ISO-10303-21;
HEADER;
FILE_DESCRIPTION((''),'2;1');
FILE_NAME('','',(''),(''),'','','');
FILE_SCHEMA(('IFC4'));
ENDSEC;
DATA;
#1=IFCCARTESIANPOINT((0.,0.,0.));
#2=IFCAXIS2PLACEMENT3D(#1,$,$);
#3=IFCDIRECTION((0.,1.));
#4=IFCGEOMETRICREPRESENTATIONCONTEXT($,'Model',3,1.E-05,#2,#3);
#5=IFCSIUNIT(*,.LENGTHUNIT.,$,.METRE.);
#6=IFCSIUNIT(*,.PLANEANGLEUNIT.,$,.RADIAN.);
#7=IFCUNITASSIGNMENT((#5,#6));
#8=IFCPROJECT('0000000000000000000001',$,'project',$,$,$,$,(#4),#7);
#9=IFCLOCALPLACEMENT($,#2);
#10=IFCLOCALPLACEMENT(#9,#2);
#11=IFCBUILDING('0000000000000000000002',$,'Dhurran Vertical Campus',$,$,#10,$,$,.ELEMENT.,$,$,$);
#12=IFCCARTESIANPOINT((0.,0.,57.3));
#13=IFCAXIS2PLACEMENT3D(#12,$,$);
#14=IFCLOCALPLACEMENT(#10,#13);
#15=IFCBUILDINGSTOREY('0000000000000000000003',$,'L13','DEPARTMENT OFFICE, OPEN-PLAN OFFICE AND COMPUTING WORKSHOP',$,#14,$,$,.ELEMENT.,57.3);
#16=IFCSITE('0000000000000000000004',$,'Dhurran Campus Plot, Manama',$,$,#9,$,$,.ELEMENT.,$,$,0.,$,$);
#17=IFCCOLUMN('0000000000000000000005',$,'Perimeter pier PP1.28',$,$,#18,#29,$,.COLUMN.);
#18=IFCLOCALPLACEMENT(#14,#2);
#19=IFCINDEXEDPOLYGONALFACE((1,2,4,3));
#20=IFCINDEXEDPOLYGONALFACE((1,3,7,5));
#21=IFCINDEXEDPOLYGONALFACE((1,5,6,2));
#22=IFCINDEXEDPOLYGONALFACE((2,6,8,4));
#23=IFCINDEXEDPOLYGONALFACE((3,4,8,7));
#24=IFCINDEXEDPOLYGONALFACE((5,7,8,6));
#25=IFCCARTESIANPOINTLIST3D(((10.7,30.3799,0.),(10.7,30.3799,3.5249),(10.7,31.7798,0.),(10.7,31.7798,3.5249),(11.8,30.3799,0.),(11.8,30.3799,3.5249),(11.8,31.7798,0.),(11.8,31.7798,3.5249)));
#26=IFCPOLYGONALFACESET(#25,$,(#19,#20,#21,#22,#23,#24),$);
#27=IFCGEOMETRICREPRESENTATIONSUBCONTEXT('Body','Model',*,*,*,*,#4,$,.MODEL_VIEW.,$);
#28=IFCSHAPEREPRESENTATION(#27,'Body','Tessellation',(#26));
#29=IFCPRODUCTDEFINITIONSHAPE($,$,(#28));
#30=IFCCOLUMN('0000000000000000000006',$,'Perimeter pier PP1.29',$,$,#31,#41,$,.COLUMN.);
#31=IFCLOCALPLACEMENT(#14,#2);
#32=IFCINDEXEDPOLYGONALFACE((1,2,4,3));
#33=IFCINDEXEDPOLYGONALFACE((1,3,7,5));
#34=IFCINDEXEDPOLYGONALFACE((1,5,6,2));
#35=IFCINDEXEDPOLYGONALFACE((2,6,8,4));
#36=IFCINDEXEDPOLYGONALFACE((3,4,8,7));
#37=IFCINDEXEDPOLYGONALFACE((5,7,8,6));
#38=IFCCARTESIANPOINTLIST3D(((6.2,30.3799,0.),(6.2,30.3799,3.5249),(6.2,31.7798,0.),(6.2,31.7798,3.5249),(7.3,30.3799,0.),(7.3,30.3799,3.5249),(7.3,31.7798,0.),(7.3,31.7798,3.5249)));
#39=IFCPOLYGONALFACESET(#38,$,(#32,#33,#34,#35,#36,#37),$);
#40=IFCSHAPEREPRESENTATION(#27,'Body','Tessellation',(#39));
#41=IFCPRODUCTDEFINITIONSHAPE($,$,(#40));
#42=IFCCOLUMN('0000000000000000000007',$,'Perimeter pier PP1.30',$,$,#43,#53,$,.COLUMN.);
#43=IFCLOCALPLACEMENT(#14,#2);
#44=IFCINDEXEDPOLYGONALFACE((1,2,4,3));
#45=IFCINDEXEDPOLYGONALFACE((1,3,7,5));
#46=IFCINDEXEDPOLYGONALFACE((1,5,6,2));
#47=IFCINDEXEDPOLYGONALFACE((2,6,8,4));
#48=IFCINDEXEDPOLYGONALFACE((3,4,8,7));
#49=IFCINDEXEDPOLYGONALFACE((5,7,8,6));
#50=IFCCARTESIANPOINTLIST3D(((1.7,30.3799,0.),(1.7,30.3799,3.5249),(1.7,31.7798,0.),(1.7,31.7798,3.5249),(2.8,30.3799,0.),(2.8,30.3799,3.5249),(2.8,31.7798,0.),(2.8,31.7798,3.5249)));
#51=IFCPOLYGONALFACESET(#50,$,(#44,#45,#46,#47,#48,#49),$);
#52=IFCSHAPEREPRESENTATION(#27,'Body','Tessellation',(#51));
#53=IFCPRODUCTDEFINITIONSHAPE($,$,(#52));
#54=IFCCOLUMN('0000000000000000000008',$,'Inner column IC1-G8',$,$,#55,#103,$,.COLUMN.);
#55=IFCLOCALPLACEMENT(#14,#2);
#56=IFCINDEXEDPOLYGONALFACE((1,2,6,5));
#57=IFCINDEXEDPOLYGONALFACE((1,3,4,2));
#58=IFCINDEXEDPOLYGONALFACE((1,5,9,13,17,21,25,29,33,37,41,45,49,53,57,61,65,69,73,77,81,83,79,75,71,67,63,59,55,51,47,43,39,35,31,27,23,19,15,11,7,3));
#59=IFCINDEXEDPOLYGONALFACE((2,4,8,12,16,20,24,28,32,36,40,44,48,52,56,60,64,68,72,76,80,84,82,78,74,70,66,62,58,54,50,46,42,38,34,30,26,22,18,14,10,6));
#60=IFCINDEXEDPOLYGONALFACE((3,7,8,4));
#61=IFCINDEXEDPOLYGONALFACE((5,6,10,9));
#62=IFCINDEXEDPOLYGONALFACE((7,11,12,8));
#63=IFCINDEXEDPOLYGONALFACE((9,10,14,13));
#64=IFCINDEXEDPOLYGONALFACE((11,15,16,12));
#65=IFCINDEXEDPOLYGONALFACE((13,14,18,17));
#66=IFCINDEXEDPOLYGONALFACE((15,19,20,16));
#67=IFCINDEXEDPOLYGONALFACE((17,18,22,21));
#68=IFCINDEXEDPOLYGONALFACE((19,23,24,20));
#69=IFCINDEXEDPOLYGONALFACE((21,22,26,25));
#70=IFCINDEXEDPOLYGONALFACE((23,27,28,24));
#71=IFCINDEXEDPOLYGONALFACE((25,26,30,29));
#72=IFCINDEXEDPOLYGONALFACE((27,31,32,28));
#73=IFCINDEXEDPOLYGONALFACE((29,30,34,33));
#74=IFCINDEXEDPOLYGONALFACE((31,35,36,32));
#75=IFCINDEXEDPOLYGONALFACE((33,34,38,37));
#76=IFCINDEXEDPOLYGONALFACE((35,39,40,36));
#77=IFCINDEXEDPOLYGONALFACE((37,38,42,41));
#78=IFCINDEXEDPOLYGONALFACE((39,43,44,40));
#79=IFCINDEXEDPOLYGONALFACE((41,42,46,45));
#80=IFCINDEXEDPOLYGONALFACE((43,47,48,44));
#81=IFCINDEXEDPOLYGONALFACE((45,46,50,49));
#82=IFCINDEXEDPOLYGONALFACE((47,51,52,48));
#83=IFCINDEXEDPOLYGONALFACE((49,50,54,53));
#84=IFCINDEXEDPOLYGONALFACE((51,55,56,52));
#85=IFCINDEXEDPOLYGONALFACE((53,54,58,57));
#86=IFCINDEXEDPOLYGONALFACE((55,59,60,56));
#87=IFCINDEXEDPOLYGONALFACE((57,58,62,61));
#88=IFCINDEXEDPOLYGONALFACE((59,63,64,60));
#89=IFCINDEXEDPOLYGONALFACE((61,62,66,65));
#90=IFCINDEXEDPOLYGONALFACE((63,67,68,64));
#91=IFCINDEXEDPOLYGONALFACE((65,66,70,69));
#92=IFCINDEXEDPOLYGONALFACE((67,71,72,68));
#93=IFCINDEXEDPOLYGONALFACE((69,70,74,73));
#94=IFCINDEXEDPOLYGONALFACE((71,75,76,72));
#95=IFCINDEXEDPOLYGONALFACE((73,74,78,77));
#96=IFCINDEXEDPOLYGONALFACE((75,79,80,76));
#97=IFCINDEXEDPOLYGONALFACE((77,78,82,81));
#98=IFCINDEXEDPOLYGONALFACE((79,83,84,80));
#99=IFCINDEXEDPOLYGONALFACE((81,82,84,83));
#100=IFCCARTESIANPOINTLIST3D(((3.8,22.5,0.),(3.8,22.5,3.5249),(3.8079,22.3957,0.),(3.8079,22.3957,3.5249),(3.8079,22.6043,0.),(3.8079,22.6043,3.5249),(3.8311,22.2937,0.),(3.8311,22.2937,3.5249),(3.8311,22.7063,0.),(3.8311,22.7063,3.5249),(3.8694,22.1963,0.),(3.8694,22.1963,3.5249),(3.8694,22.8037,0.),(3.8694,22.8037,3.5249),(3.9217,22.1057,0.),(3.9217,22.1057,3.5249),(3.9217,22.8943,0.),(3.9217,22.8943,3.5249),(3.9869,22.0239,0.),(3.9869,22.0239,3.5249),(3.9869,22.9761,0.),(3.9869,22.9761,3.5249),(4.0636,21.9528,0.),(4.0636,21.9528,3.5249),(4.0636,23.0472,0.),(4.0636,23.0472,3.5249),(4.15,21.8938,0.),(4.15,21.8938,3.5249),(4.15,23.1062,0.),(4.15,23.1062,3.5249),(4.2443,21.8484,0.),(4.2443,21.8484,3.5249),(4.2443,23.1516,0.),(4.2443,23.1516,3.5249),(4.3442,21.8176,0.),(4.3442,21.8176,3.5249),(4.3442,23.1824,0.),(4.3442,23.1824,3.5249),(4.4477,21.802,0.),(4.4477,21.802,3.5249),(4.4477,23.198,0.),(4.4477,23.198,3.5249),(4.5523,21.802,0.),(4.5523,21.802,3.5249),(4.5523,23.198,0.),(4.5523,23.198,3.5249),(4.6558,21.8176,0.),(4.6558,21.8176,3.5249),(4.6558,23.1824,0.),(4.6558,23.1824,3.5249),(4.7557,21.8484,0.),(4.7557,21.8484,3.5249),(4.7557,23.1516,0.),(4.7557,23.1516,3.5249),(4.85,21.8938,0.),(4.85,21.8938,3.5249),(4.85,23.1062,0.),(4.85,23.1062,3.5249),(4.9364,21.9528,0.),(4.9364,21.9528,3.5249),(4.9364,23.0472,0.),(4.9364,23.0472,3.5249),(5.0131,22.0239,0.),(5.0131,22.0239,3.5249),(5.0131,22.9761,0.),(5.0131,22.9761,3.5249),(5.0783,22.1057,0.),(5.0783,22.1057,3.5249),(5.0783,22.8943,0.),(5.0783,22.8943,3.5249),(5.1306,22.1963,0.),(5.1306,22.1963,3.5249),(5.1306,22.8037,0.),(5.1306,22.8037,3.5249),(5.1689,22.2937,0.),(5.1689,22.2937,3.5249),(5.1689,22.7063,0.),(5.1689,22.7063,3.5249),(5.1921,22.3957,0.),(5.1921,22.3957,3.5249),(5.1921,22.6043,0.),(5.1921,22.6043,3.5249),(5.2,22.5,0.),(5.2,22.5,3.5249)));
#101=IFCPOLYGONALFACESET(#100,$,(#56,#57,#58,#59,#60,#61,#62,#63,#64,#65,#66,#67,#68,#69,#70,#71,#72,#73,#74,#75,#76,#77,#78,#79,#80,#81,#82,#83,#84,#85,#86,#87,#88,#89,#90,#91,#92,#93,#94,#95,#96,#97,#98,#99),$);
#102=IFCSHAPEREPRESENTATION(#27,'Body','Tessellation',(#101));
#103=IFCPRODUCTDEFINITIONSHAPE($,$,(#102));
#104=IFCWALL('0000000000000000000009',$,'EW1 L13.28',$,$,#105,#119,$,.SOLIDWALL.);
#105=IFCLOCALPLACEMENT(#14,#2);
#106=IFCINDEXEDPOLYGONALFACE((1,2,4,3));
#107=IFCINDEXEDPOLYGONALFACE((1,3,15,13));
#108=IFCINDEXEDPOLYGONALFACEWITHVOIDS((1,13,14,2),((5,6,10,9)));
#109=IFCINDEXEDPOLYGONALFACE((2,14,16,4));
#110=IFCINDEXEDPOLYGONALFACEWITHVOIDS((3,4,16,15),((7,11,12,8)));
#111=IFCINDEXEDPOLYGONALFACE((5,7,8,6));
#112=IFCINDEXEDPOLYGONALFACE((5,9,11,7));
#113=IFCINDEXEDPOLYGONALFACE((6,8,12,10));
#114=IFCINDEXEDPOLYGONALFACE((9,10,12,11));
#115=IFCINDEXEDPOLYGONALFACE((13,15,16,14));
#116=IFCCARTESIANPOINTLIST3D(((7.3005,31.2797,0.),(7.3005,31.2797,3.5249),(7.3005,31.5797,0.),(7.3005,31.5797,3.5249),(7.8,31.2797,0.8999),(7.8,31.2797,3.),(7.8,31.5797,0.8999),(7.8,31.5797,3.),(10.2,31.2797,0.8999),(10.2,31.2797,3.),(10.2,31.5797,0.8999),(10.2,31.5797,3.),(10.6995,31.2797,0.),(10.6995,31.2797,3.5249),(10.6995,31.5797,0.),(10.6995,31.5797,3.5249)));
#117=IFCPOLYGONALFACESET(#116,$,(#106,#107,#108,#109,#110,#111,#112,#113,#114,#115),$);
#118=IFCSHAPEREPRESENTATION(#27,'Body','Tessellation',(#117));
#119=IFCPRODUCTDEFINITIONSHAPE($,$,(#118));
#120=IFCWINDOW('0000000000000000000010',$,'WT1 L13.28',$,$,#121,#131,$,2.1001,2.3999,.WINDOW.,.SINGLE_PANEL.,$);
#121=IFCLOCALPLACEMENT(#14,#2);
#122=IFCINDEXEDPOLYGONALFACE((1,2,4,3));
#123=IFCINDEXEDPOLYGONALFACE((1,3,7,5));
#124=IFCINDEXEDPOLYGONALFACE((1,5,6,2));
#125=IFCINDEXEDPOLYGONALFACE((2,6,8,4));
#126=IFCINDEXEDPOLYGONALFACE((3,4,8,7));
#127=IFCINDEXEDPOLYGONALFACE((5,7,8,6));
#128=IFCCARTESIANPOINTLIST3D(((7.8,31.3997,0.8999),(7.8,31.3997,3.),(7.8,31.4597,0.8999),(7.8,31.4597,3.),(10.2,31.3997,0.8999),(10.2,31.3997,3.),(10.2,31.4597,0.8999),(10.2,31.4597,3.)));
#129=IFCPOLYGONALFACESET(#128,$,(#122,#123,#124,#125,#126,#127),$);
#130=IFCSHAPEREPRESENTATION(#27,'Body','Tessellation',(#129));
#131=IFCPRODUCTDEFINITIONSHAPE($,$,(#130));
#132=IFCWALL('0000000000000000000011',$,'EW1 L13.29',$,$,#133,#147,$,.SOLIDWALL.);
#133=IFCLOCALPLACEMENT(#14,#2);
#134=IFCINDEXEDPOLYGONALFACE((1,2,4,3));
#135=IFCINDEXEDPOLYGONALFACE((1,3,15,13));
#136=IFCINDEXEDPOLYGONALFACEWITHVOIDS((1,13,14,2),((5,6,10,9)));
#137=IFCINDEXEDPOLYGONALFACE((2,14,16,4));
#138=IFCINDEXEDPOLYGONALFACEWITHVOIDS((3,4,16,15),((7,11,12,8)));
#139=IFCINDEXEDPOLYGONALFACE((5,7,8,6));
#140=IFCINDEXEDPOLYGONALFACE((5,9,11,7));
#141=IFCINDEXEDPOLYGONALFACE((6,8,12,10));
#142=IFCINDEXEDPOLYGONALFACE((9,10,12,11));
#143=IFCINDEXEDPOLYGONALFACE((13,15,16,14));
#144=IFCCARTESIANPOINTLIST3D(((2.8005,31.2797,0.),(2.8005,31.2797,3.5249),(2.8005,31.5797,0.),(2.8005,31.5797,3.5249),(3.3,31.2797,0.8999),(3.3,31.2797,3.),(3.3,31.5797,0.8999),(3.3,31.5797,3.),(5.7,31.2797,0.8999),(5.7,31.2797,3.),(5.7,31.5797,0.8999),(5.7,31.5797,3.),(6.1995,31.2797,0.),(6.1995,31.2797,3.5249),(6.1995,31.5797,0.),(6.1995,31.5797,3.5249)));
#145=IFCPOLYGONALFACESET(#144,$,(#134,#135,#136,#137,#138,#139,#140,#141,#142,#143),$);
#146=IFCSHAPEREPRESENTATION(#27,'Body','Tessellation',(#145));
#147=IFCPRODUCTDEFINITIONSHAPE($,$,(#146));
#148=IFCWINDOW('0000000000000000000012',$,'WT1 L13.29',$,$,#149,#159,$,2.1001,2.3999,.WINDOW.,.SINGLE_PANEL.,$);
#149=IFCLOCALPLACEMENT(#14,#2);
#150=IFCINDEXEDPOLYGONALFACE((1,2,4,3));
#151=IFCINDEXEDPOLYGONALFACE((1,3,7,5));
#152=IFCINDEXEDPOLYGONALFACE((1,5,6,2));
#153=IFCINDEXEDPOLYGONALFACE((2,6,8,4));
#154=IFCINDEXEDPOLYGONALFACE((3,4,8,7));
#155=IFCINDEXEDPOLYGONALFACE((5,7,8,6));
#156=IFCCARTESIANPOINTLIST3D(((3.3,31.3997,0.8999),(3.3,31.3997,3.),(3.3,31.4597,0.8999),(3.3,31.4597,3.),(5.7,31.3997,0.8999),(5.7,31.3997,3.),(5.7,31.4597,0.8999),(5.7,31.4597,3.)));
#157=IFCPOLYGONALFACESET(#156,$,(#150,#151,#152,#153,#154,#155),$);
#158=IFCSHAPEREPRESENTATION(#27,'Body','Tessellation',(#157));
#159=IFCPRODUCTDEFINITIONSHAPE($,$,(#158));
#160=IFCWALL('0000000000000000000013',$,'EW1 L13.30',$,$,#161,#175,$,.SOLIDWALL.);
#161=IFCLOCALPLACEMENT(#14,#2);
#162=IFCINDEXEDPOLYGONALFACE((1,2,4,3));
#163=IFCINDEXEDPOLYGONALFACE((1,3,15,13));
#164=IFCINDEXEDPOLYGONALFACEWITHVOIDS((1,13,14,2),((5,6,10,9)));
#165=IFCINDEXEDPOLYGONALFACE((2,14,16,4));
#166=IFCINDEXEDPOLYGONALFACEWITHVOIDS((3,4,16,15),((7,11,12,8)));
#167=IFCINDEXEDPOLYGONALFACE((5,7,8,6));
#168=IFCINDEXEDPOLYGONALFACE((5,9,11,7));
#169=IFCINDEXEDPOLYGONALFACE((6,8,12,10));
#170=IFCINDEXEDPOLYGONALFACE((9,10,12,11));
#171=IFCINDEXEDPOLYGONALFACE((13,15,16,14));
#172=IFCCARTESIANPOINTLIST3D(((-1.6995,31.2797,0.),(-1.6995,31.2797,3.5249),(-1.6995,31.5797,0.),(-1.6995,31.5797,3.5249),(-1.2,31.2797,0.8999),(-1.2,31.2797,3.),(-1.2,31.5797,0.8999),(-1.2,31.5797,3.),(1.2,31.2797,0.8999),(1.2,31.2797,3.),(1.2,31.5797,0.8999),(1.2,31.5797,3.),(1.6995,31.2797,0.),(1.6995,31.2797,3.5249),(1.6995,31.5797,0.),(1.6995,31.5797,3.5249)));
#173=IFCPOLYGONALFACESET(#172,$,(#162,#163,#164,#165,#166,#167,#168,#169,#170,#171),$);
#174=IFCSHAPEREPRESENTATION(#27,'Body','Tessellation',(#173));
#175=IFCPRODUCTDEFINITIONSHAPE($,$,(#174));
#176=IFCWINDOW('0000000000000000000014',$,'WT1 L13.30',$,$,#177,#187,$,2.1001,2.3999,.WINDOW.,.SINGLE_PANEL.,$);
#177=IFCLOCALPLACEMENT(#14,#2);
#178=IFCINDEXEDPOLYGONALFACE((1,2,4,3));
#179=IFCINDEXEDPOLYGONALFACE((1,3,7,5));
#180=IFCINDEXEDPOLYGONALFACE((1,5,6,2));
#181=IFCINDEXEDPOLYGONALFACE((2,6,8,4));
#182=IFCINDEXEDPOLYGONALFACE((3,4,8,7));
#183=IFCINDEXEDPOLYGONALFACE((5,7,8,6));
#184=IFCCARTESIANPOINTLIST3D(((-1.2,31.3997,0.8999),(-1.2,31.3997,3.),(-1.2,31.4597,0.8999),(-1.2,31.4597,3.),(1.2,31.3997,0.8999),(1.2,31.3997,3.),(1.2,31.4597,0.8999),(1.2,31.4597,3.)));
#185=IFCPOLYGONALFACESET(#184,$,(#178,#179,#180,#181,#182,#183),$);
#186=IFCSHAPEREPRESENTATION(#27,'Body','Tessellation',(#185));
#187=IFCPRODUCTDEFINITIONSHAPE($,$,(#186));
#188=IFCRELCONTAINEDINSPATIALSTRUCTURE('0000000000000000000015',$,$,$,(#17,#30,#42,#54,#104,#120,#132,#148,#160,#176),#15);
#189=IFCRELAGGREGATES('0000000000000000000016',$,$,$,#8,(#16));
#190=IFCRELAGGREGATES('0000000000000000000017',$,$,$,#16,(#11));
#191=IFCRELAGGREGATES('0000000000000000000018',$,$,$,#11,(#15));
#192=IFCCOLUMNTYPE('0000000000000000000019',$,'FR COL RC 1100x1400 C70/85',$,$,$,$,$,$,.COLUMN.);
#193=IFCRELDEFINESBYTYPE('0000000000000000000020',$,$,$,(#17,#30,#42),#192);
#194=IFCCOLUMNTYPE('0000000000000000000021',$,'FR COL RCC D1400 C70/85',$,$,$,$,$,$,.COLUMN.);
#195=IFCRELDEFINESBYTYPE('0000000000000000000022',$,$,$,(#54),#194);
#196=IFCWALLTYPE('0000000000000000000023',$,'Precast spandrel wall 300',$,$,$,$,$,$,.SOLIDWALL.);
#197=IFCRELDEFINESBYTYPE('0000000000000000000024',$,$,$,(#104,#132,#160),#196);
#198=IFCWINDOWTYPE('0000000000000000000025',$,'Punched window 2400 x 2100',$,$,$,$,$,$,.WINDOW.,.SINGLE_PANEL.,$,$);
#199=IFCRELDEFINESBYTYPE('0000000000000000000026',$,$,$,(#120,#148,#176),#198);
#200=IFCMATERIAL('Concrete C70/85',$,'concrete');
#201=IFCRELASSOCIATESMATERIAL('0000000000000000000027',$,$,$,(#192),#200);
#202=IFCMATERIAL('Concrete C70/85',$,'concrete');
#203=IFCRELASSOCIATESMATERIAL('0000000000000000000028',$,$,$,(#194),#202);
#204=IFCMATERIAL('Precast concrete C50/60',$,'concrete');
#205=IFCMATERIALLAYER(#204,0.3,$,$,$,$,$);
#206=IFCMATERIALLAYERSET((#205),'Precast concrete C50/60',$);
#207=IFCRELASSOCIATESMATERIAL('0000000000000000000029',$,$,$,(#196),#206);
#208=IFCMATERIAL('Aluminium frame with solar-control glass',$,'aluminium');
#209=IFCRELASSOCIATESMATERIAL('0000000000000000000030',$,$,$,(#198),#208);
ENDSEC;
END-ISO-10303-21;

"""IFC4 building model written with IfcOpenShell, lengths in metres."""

from ifc_helpers import new_model, si_unit, direction, frame, frame_2d, origin, origin_2d, place, context, subcontext, project, spatial, rectangle, circle, extrude, material, layer, layer_set, material_profile, profile_set, type_object, element, fill, save


model = new_model("IFC4")

# Units and contexts
model_context = context("Model", 3, precision=1e-05, world=origin(), true_north=direction((0.0, 1.0)))
body_context = subcontext(model_context, "Body", "Model", "MODEL_VIEW")
ifc_project = project(units=[si_unit("LENGTHUNIT", "METRE"), si_unit("PLANEANGLEUNIT", "RADIAN")], contexts=[model_context])

# Site, building, storey
site_placement = place(None, origin())
site = spatial("IfcSite", under=ifc_project, at=site_placement, Name="Dhurran Campus Plot, Manama", CompositionType="ELEMENT", RefElevation=0.0)
building_placement = place(site_placement, origin())
building = spatial("IfcBuilding", under=site, at=building_placement, Name="Dhurran Vertical Campus", CompositionType="ELEMENT")
storey_placement = place(building_placement, frame((0.0, 0.0, 57.3)))
storey = spatial("IfcBuildingStorey", under=building, at=storey_placement, Name="L13", Description="DEPARTMENT OFFICE, OPEN-PLAN OFFICE AND COMPUTING WORKSHOP", CompositionType="ELEMENT", Elevation=57.3)

# Columns
ifc_material_1 = material(Name="Concrete C70/85", Category="concrete")
ifc_material_profile_1 = material_profile(ifc_material_1, rectangle(XDim=1.1001, YDim=1.3999, at=origin_2d()), Name="RC 1100x1400")
ifc_profile_set_1 = profile_set([ifc_material_profile_1], Name="Concrete C70/85")
column_type_1 = type_object("IfcColumnType", Name="FR COL RC 1100x1400 C70/85", PredefinedType="COLUMN", material=ifc_profile_set_1)
for number, where, z_axis, x_axis, name in (
    (1, (11.25, 31.0798, 0.0), (0.0, 0.0, 1.0), (-1.0, 0.0, 0.0), "Perimeter pier PP1.28"),
    (2, (6.75, 31.0798, 0.0), (0.0, 0.0, 1.0), (-1.0, 0.0, 0.0), "Perimeter pier PP1.29"),
    (3, (2.25, 31.0798, 0.0), (0.0, 0.0, 1.0), (-1.0, 0.0, 0.0), "Perimeter pier PP1.30"),
):
    element("IfcColumn", number, at=place(storey_placement, frame(where, z_axis=z_axis, x_axis=x_axis)), inside=storey, type_object=column_type_1, Name=name, PredefinedType="COLUMN", context=body_context, shape_type="SweptSolid", body=[
        extrude(rectangle(XDim=1.1001, YDim=1.3999, at=origin_2d()), origin(), (0.0, 0.0, 1.0), 3.5249),
    ])
ifc_material_2 = material(Name="Concrete C70/85", Category="concrete")
ifc_material_profile_2 = material_profile(ifc_material_2, circle(Radius=0.7, at=origin_2d()), Name="RCC D1400")
ifc_profile_set_2 = profile_set([ifc_material_profile_2], Name="Concrete C70/85")
column_type_2 = type_object("IfcColumnType", Name="FR COL RCC D1400 C70/85", PredefinedType="COLUMN", material=ifc_profile_set_2)
column_placement = place(storey_placement, frame((4.5, 22.5, 0.0), z_axis=(0.0, 0.0, 1.0), x_axis=(1.0, 0.0, 0.0)))
element("IfcColumn", 4, at=column_placement, inside=storey, type_object=column_type_2, Name="Inner column IC1-G8", PredefinedType="COLUMN", context=body_context, shape_type="SweptSolid", body=[
    extrude(circle(Radius=0.7, at=origin_2d()), origin(), (0.0, 0.0, 1.0), 3.5249),
])

# Walls, openings, windows
ifc_material_3 = material(Name="Precast concrete C50/60", Category="concrete")
ifc_layer_1 = layer(ifc_material_3, 0.3)
ifc_layer_set_1 = layer_set([ifc_layer_1], Name="Precast concrete C50/60")
wall_type_1 = type_object("IfcWallType", Name="Precast spandrel wall 300", PredefinedType="SOLIDWALL", material=ifc_layer_set_1)
wall_1_placement = place(storey_placement, frame((10.6995, 31.4297, 0.0), z_axis=(0.0, 0.0, 1.0), x_axis=(-1.0, 0.0, 0.0)))
wall_1 = element("IfcWall", 5, at=wall_1_placement, inside=storey, type_object=wall_type_1, Name="EW1 L13.28", PredefinedType="SOLIDWALL", context=body_context, shape_type="SweptSolid", body=[
    extrude(rectangle(XDim=3.3989, YDim=0.3, at=frame_2d((1.6995, 0.0))), origin(), (0.0, 0.0, 1.0), 3.5249),
])
opening_1_placement = place(wall_1_placement, frame((0.4995, 0.0, 0.8999)))
opening_1 = element("IfcOpeningElement", 6, at=opening_1_placement, cuts=wall_1, PredefinedType="OPENING", context=body_context, shape_type="SweptSolid", body=[
    extrude(rectangle(XDim=2.3999, YDim=2.1001, at=frame_2d((1.2, 1.05))), frame((0.0, 0.1599, 0.0), z_axis=(0.0, -1.0, 0.0), x_axis=(1.0, 0.0, 0.0)), (0.0, 0.0, 1.0), 0.3201),
])
ifc_material_4 = material(Name="Aluminium frame with solar-control glass", Category="aluminium")
window_type = type_object("IfcWindowType", Name="Punched window 2400 x 2100", PartitioningType="SINGLE_PANEL", PredefinedType="WINDOW", material=ifc_material_4)
window_1_placement = place(opening_1_placement, origin())
window_1 = element("IfcWindow", 7, at=window_1_placement, inside=storey, type_object=window_type, Name="WT1 L13.28", OverallHeight=2.1001, OverallWidth=2.3999, PartitioningType="SINGLE_PANEL", PredefinedType="WINDOW", context=body_context, shape_type="SweptSolid", body=[
    extrude(rectangle(XDim=2.3999, YDim=2.1001, at=frame_2d((1.2, 1.05))), frame((0.0, 0.03, 0.0), z_axis=(0.0, -1.0, 0.0), x_axis=(1.0, 0.0, 0.0)), (0.0, 0.0, 1.0), 0.0601),
])
fill(opening_1, window_1)
wall_2_placement = place(storey_placement, frame((6.1995, 31.4297, 0.0), z_axis=(0.0, 0.0, 1.0), x_axis=(-1.0, 0.0, 0.0)))
wall_2 = element("IfcWall", 8, at=wall_2_placement, inside=storey, type_object=wall_type_1, Name="EW1 L13.29", PredefinedType="SOLIDWALL", context=body_context, shape_type="SweptSolid", body=[
    extrude(rectangle(XDim=3.3989, YDim=0.3, at=frame_2d((1.6995, 0.0))), origin(), (0.0, 0.0, 1.0), 3.5249),
])
opening_2_placement = place(wall_2_placement, frame((0.4995, 0.0, 0.8999)))
opening_2 = element("IfcOpeningElement", 9, at=opening_2_placement, cuts=wall_2, PredefinedType="OPENING", context=body_context, shape_type="SweptSolid", body=[
    extrude(rectangle(XDim=2.3999, YDim=2.1001, at=frame_2d((1.2, 1.05))), frame((0.0, 0.1599, 0.0), z_axis=(0.0, -1.0, 0.0), x_axis=(1.0, 0.0, 0.0)), (0.0, 0.0, 1.0), 0.3201),
])
window_2_placement = place(opening_2_placement, origin())
window_2 = element("IfcWindow", 10, at=window_2_placement, inside=storey, type_object=window_type, Name="WT1 L13.29", OverallHeight=2.1001, OverallWidth=2.3999, PartitioningType="SINGLE_PANEL", PredefinedType="WINDOW", context=body_context, shape_type="SweptSolid", body=[
    extrude(rectangle(XDim=2.3999, YDim=2.1001, at=frame_2d((1.2, 1.05))), frame((0.0, 0.03, 0.0), z_axis=(0.0, -1.0, 0.0), x_axis=(1.0, 0.0, 0.0)), (0.0, 0.0, 1.0), 0.0601),
])
fill(opening_2, window_2)
wall_3_placement = place(storey_placement, frame((1.6995, 31.4297, 0.0), z_axis=(0.0, 0.0, 1.0), x_axis=(-1.0, 0.0, 0.0)))
wall_3 = element("IfcWall", 11, at=wall_3_placement, inside=storey, type_object=wall_type_1, Name="EW1 L13.30", PredefinedType="SOLIDWALL", context=body_context, shape_type="SweptSolid", body=[
    extrude(rectangle(XDim=3.3989, YDim=0.3, at=frame_2d((1.6995, 0.0))), origin(), (0.0, 0.0, 1.0), 3.5249),
])
opening_3_placement = place(wall_3_placement, frame((0.4995, 0.0, 0.8999)))
opening_3 = element("IfcOpeningElement", 12, at=opening_3_placement, cuts=wall_3, PredefinedType="OPENING", context=body_context, shape_type="SweptSolid", body=[
    extrude(rectangle(XDim=2.3999, YDim=2.1001, at=frame_2d((1.2, 1.05))), frame((0.0, 0.1599, 0.0), z_axis=(0.0, -1.0, 0.0), x_axis=(1.0, 0.0, 0.0)), (0.0, 0.0, 1.0), 0.3201),
])
window_3_placement = place(opening_3_placement, origin())
window_3 = element("IfcWindow", 13, at=window_3_placement, inside=storey, type_object=window_type, Name="WT1 L13.30", OverallHeight=2.1001, OverallWidth=2.3999, PartitioningType="SINGLE_PANEL", PredefinedType="WINDOW", context=body_context, shape_type="SweptSolid", body=[
    extrude(rectangle(XDim=2.3999, YDim=2.1001, at=frame_2d((1.2, 1.05))), frame((0.0, 0.03, 0.0), z_axis=(0.0, -1.0, 0.0), x_axis=(1.0, 0.0, 0.0)), (0.0, 0.0, 1.0), 0.0601),
])
fill(opening_3, window_3)

save(model, "model.ifc")
